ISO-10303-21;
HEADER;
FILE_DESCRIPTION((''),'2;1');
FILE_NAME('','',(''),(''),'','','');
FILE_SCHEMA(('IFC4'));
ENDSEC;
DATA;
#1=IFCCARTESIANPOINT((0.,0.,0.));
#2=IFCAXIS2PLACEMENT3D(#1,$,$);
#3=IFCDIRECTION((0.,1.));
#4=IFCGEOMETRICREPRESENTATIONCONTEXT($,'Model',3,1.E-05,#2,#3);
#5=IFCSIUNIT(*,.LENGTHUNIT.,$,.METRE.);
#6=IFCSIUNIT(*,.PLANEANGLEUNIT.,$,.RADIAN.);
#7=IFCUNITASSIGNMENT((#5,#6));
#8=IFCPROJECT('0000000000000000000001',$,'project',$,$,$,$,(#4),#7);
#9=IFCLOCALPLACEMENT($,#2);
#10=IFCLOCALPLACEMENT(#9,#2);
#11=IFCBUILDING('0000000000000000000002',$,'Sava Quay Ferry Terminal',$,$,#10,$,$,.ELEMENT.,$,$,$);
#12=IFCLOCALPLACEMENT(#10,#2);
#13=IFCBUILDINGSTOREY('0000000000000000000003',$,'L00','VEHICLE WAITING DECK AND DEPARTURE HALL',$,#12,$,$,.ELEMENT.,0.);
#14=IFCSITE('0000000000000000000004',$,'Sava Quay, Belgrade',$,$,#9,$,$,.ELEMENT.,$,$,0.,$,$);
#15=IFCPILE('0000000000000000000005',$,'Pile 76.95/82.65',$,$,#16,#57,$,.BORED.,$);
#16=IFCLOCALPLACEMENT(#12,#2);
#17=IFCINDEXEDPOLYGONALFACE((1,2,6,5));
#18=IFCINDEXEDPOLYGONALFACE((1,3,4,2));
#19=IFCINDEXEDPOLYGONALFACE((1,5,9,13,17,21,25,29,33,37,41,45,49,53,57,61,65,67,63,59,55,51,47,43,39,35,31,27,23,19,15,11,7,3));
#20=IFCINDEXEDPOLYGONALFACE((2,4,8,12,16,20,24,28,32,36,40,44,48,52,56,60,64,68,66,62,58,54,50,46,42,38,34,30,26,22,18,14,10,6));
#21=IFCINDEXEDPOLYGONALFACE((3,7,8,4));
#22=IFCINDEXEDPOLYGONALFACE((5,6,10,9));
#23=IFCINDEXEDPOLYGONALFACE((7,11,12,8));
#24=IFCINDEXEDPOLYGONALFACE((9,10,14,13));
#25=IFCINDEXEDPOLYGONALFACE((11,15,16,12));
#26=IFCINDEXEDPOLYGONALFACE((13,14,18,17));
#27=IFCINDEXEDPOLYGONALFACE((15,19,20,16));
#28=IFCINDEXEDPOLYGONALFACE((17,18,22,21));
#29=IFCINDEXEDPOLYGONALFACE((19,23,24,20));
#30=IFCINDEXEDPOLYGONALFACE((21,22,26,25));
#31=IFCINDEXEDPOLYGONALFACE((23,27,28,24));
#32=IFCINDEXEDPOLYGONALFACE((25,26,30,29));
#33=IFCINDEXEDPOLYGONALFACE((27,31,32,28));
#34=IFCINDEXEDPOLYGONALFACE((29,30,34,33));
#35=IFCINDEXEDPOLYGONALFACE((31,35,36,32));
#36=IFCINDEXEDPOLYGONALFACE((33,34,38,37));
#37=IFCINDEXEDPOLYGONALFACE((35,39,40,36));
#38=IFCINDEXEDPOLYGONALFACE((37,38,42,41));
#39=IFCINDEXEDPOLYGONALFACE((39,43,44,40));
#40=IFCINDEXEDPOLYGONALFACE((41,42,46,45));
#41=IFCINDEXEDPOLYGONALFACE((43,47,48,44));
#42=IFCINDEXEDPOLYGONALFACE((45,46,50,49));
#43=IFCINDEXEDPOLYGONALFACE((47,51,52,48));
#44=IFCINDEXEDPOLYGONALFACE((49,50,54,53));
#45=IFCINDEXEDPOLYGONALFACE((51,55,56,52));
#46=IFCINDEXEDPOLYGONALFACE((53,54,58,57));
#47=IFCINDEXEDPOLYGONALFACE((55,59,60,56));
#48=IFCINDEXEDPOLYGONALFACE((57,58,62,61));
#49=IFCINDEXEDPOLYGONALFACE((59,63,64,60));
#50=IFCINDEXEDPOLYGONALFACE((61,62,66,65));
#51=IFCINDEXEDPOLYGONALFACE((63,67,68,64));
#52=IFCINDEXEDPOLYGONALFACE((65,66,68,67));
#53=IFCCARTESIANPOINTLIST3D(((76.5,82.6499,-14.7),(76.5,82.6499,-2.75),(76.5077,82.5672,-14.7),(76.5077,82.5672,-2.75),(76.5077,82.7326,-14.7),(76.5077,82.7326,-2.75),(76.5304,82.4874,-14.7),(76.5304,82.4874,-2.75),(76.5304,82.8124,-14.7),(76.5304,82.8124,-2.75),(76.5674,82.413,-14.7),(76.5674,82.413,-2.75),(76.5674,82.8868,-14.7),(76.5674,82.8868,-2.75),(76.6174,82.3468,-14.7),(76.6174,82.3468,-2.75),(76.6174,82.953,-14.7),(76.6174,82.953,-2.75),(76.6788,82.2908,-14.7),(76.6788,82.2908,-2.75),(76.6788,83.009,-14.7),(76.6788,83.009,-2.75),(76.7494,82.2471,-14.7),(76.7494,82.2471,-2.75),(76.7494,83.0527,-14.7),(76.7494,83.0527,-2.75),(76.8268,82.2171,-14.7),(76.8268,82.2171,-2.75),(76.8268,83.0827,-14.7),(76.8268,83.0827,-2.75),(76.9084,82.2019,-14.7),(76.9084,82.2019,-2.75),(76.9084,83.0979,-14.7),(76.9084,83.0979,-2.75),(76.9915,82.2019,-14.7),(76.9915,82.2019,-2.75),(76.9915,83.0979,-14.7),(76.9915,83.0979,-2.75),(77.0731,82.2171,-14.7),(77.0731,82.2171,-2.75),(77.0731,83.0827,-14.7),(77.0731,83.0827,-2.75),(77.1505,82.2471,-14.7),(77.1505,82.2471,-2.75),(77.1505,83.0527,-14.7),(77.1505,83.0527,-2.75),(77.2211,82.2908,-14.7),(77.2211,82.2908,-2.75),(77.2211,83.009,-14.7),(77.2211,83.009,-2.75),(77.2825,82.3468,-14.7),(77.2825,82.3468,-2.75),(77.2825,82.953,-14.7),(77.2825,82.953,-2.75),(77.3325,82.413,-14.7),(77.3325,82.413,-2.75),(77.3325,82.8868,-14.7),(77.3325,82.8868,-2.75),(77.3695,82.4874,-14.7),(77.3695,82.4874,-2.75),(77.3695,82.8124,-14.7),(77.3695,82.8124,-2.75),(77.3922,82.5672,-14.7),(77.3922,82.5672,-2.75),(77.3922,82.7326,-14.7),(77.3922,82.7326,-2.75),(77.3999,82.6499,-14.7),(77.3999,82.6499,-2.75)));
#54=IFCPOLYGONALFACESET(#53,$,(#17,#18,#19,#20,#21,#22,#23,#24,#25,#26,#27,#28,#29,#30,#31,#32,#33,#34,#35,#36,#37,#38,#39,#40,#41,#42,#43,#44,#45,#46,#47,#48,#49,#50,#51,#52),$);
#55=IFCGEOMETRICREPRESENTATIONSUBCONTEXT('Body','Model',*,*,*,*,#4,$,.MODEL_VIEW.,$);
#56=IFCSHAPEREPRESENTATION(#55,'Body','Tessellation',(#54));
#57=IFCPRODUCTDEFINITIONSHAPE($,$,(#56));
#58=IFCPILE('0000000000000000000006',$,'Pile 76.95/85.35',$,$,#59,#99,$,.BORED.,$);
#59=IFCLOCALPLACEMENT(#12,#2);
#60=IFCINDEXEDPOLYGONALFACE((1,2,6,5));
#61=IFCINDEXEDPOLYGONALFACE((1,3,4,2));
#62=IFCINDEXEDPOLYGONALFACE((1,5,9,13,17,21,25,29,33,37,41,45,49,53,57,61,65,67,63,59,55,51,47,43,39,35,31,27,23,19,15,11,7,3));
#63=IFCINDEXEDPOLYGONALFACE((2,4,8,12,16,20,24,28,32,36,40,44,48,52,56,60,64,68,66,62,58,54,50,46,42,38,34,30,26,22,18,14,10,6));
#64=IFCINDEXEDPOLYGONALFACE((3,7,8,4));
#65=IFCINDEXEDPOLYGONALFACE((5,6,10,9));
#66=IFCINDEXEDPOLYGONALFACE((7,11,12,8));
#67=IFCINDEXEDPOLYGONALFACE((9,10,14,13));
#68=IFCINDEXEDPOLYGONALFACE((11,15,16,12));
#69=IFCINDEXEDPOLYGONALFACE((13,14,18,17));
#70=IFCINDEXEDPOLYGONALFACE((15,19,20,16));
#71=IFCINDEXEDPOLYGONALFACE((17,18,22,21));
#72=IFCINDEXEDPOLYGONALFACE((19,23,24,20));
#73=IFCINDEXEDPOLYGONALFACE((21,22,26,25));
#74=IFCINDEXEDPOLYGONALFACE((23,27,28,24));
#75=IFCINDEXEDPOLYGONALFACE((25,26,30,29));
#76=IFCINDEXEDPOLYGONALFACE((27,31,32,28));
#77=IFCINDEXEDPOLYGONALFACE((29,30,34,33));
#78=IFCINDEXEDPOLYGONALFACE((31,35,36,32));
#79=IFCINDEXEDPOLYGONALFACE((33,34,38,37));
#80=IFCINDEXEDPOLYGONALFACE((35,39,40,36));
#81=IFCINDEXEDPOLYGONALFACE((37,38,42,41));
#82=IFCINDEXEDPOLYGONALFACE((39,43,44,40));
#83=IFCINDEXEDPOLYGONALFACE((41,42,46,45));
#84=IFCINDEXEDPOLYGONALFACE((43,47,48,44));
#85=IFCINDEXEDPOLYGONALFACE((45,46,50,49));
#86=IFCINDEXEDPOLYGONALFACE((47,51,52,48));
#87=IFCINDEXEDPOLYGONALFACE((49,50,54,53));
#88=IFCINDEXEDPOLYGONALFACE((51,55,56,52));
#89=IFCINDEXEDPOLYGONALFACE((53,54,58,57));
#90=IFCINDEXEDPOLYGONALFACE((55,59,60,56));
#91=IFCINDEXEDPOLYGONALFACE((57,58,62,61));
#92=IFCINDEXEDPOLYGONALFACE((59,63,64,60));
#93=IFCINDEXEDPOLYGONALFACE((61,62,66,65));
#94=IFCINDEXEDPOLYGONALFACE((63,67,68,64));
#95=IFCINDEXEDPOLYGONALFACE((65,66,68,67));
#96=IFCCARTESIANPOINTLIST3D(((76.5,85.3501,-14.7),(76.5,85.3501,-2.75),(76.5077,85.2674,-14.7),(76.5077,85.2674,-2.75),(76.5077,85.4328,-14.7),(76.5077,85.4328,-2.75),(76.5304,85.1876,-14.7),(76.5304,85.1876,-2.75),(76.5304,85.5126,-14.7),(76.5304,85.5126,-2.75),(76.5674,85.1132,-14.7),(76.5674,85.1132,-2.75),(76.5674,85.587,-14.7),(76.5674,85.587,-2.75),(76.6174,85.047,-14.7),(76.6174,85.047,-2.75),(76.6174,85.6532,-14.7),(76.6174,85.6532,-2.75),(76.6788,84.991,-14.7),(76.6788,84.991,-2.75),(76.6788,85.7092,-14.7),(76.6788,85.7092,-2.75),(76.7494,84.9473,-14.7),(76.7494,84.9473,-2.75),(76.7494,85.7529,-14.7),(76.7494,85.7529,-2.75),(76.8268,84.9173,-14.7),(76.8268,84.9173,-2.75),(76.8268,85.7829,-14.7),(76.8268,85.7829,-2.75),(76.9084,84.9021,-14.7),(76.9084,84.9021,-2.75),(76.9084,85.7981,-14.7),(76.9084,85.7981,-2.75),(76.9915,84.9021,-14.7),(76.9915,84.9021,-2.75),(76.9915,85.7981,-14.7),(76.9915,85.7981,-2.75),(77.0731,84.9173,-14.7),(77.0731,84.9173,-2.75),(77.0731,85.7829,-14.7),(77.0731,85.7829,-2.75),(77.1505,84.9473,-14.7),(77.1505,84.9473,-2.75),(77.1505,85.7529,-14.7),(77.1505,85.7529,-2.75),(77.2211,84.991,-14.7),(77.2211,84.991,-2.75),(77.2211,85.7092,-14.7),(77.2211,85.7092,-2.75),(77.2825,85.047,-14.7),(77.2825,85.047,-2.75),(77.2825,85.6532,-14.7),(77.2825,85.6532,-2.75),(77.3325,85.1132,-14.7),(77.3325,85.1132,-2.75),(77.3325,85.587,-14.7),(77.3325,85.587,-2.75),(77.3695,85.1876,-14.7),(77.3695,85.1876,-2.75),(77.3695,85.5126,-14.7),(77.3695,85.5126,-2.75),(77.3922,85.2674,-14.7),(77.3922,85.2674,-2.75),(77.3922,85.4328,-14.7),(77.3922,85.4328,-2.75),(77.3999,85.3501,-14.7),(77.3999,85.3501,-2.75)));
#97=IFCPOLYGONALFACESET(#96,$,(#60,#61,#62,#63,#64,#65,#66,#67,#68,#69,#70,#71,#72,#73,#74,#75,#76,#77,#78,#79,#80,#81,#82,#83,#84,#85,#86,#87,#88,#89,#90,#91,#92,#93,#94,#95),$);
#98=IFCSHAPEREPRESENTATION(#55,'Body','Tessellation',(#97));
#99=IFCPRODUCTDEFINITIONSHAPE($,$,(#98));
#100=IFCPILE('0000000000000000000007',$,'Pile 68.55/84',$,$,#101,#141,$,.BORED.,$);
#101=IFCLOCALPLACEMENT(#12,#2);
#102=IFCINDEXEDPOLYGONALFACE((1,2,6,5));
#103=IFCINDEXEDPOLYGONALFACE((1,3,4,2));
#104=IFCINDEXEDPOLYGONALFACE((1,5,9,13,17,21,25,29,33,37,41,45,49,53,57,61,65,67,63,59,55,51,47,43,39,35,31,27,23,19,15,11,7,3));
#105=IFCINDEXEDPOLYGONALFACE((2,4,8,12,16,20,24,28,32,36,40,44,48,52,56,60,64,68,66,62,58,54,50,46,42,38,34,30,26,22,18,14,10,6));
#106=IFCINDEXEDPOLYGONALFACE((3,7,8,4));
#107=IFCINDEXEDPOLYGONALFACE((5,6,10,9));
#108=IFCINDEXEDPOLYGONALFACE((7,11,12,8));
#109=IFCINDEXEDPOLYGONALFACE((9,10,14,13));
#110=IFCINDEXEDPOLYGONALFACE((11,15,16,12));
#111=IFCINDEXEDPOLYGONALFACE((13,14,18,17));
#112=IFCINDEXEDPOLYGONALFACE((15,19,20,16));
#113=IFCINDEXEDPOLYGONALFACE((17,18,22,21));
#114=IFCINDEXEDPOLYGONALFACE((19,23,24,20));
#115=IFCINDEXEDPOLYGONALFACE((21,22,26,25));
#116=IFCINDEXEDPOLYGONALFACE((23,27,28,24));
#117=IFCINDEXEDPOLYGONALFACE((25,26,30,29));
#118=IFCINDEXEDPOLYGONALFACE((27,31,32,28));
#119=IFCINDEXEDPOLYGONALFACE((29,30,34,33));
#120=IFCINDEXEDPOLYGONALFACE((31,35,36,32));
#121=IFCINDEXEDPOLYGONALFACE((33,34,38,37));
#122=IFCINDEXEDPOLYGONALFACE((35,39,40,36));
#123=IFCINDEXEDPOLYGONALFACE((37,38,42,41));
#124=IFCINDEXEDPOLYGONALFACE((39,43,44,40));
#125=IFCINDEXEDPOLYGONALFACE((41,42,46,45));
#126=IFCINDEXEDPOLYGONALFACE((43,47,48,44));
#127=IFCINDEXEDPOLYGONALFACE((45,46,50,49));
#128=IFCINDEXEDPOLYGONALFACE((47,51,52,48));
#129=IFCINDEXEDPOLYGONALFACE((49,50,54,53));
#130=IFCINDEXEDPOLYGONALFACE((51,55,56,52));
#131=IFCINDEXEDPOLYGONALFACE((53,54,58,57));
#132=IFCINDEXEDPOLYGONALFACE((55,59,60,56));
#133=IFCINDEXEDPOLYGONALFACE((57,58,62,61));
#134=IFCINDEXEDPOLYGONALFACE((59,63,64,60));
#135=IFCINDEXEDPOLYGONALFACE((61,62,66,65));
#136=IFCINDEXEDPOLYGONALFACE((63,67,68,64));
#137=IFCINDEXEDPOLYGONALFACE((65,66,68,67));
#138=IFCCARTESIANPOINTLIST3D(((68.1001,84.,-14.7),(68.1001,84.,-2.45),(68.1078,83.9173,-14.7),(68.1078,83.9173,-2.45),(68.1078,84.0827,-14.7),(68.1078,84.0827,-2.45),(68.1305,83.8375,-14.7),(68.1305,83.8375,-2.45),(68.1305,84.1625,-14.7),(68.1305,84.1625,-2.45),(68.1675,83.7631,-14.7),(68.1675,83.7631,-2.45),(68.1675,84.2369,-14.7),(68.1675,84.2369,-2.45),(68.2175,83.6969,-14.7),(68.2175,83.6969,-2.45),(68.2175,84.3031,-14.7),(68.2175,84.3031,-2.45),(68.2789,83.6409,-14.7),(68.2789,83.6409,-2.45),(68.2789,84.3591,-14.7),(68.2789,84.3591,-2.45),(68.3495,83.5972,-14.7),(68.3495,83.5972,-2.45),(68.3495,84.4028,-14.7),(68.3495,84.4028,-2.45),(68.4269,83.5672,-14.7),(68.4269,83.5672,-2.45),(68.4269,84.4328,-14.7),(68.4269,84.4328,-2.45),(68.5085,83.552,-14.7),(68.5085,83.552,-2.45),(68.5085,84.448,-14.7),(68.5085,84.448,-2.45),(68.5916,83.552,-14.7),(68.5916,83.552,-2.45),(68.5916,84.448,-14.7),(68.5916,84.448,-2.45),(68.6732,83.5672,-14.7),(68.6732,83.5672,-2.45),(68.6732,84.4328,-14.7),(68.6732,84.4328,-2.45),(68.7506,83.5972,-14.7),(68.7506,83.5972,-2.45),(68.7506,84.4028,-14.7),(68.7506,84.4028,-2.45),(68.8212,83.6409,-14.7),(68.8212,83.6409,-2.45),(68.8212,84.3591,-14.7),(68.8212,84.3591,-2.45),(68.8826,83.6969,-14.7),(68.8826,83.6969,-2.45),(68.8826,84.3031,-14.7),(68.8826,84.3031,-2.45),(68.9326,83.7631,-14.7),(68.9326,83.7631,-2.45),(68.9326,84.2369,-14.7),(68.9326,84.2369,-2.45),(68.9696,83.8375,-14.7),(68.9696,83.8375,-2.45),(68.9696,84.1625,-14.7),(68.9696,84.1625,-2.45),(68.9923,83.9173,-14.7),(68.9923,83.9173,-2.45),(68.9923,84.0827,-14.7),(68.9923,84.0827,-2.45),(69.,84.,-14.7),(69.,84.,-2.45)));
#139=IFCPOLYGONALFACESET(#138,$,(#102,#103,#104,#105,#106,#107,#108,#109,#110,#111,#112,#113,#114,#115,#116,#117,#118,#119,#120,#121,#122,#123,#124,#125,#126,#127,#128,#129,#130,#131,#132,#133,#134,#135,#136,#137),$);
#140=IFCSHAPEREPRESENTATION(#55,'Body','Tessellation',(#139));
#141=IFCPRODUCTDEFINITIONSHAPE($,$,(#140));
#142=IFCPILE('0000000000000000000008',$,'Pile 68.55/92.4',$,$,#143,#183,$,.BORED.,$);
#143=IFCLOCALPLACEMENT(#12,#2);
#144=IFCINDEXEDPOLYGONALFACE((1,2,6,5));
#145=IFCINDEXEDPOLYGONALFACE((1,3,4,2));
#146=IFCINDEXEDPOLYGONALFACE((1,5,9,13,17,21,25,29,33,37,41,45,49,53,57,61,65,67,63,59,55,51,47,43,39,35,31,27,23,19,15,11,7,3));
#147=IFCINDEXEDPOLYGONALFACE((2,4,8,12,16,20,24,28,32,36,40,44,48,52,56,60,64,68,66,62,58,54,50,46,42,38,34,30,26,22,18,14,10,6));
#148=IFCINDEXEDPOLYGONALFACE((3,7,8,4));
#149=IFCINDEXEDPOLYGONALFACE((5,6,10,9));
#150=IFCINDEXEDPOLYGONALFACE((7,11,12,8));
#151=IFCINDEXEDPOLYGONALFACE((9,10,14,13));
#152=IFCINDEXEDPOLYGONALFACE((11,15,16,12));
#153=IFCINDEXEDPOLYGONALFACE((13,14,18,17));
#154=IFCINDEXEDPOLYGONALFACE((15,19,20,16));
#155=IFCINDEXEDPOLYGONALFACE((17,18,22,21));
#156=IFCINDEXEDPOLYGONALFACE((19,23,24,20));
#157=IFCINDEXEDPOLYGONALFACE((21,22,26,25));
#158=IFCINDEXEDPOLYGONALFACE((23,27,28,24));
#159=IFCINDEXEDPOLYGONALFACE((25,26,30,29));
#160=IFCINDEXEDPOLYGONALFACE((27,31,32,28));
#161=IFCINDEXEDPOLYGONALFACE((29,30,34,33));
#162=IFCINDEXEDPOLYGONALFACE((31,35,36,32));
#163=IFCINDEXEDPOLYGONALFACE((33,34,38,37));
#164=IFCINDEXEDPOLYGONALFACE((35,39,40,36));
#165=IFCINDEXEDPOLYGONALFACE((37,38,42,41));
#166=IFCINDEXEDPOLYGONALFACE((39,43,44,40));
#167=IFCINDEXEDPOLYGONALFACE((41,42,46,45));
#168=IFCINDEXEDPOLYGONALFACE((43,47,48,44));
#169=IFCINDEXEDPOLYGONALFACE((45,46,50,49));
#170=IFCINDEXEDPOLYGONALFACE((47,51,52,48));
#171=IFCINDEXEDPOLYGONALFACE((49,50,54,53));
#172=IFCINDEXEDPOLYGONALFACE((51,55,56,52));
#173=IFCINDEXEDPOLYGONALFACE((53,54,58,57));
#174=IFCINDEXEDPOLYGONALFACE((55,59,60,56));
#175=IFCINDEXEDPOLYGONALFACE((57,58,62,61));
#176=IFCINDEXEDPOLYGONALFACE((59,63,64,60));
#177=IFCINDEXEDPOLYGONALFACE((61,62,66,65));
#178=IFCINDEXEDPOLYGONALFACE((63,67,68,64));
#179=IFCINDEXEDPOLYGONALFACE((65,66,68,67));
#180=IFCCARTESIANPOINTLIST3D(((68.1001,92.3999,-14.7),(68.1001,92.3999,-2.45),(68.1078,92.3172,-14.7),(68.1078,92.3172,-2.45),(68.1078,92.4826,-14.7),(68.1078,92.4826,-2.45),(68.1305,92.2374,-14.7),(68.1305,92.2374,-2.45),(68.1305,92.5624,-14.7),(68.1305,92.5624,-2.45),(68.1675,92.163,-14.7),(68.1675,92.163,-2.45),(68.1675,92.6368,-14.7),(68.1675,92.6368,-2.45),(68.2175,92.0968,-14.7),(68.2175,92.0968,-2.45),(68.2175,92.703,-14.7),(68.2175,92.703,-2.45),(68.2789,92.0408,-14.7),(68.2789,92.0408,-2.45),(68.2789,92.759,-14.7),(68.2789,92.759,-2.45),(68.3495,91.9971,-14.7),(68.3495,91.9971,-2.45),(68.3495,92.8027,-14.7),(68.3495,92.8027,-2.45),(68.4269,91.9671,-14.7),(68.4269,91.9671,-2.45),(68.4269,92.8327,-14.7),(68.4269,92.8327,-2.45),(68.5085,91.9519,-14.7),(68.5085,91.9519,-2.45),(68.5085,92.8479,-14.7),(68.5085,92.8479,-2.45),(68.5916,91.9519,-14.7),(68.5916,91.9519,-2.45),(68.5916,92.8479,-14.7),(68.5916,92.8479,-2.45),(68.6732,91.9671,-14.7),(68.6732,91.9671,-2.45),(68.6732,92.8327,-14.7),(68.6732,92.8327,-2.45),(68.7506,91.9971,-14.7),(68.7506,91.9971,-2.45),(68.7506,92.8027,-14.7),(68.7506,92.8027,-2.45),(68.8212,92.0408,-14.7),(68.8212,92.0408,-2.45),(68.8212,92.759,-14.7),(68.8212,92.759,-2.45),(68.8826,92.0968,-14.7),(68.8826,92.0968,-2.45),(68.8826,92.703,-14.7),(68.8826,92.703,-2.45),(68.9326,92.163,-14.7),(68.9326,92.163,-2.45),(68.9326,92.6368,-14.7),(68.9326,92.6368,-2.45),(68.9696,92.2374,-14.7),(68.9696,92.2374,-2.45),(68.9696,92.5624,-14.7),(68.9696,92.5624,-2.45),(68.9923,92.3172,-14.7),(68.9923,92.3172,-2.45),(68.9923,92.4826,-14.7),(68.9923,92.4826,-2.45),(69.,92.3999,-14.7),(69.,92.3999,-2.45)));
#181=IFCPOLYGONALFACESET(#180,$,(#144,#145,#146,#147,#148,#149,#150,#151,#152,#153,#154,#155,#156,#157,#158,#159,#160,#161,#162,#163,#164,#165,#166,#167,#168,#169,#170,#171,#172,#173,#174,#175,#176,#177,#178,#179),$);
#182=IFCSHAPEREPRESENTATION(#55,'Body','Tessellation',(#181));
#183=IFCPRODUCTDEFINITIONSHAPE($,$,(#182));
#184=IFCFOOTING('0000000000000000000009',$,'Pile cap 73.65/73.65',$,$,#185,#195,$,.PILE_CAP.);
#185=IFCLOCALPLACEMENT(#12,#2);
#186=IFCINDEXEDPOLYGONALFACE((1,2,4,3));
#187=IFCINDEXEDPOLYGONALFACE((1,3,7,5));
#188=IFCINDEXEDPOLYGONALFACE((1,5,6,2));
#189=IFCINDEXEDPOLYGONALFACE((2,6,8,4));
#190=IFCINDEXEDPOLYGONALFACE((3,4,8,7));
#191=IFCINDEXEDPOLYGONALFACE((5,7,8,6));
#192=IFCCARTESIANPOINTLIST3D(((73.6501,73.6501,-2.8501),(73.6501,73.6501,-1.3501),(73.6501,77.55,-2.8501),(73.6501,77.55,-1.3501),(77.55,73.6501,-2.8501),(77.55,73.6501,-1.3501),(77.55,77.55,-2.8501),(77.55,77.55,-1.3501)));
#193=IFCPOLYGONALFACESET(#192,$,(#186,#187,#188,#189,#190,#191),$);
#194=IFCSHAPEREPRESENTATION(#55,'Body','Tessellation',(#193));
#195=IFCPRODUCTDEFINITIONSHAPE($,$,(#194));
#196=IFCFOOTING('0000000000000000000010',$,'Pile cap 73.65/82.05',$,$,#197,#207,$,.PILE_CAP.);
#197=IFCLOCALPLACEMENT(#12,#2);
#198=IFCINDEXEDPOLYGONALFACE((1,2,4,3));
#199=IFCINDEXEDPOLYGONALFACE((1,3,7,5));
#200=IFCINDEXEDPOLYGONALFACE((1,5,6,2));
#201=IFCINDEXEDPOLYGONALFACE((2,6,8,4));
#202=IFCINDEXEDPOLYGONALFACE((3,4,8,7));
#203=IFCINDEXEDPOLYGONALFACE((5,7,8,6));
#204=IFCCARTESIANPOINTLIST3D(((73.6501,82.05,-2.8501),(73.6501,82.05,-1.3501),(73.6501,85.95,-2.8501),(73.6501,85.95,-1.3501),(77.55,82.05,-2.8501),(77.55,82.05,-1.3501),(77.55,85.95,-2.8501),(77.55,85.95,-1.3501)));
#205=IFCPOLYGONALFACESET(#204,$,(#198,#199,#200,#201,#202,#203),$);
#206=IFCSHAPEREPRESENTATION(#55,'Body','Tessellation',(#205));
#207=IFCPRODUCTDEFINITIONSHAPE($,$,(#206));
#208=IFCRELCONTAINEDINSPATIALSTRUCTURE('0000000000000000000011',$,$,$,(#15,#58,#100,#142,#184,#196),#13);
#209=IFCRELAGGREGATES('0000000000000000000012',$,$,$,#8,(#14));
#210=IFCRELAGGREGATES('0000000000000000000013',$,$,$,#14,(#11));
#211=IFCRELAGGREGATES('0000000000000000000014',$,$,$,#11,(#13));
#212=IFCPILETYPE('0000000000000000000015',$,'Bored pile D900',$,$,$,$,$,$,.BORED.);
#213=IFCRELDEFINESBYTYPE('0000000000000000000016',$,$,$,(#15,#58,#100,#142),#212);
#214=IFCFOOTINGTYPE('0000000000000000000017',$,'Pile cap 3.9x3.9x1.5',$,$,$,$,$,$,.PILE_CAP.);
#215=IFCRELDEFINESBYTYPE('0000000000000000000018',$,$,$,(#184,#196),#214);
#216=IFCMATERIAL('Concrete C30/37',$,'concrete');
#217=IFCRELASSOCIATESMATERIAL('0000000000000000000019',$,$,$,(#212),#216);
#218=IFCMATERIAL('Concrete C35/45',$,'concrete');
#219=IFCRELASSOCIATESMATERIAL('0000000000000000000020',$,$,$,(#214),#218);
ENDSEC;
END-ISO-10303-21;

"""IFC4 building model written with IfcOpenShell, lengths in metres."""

from ifc_helpers import new_model, si_unit, direction, frame, origin, origin_2d, place, context, subcontext, project, spatial, rectangle, circle, extrude, material, material_profile, profile_set, type_object, element, save


model = new_model("IFC4")

# Units and contexts
model_context = context("Model", 3, precision=1e-05, world=origin(), true_north=direction((0.0, 1.0)))
body_context = subcontext(model_context, "Body", "Model", "MODEL_VIEW")
ifc_project = project(units=[si_unit("LENGTHUNIT", "METRE"), si_unit("PLANEANGLEUNIT", "RADIAN")], contexts=[model_context])

# Site, building, storey
site_placement = place(None, origin())
site = spatial("IfcSite", under=ifc_project, at=site_placement, Name="Sava Quay, Belgrade", CompositionType="ELEMENT", RefElevation=0.0)
building_placement = place(site_placement, origin())
building = spatial("IfcBuilding", under=site, at=building_placement, Name="Sava Quay Ferry Terminal", CompositionType="ELEMENT")
storey_placement = place(building_placement, origin())
storey = spatial("IfcBuildingStorey", under=building, at=storey_placement, Name="L00", Description="VEHICLE WAITING DECK AND DEPARTURE HALL", CompositionType="ELEMENT", Elevation=0.0)

# Piles
ifc_material_1 = material(Name="Concrete C30/37", Category="concrete")
ifc_material_profile_1 = material_profile(ifc_material_1, circle(Radius=0.45, at=origin_2d()), Name="Bored pile D900")
ifc_profile_set_1 = profile_set([ifc_material_profile_1], Name="Concrete C30/37")
pile_type = type_object("IfcPileType", Name="Bored pile D900", PredefinedType="BORED", material=ifc_profile_set_1)
for number, where, z_axis, x_axis, name in (
    (1, (76.95, 82.6499, -2.75), (0.0, 0.0, -1.0), (1.0, 0.0, 0.0), "Pile 76.95/82.65"),
    (2, (76.95, 85.3501, -2.75), (0.0, 0.0, -1.0), (1.0, 0.0, 0.0), "Pile 76.95/85.35"),
):
    element("IfcPile", number, at=place(storey_placement, frame(where, z_axis=z_axis, x_axis=x_axis)), inside=storey, type_object=pile_type, Name=name, PredefinedType="BORED", context=body_context, shape_type="SweptSolid", body=[
        extrude(circle(Radius=0.45, at=origin_2d()), origin(), (0.0, 0.0, 1.0), 11.95),
    ])
for number, where, z_axis, x_axis, name in (
    (3, (68.55, 84.0, -2.45), (0.0, 0.0, -1.0), (1.0, 0.0, 0.0), "Pile 68.55/84"),
    (4, (68.55, 92.3999, -2.45), (0.0, 0.0, -1.0), (1.0, 0.0, 0.0), "Pile 68.55/92.4"),
):
    element("IfcPile", number, at=place(storey_placement, frame(where, z_axis=z_axis, x_axis=x_axis)), inside=storey, type_object=pile_type, Name=name, PredefinedType="BORED", context=body_context, shape_type="SweptSolid", body=[
        extrude(circle(Radius=0.45, at=origin_2d()), origin(), (0.0, 0.0, 1.0), 12.25),
    ])

# Footings
ifc_material_2 = material(Name="Concrete C35/45", Category="concrete")
footing_type = type_object("IfcFootingType", Name="Pile cap 3.9x3.9x1.5", PredefinedType="PILE_CAP", material=ifc_material_2)
for number, where, z_axis, x_axis, name in (
    (5, (75.6001, 75.6001, -2.8501), (0.0, 0.0, 1.0), (1.0, 0.0, 0.0), "Pile cap 73.65/73.65"),
    (6, (75.6001, 84.0, -2.8501), (0.0, 0.0, 1.0), (1.0, 0.0, 0.0), "Pile cap 73.65/82.05"),
):
    element("IfcFooting", number, at=place(storey_placement, frame(where, z_axis=z_axis, x_axis=x_axis)), inside=storey, type_object=footing_type, Name=name, PredefinedType="PILE_CAP", context=body_context, shape_type="SweptSolid", body=[
        extrude(rectangle(XDim=3.8999, YDim=3.8999, at=origin_2d()), origin(), (0.0, 0.0, 1.0), 1.5),
    ])

save(model, "model.ifc")
